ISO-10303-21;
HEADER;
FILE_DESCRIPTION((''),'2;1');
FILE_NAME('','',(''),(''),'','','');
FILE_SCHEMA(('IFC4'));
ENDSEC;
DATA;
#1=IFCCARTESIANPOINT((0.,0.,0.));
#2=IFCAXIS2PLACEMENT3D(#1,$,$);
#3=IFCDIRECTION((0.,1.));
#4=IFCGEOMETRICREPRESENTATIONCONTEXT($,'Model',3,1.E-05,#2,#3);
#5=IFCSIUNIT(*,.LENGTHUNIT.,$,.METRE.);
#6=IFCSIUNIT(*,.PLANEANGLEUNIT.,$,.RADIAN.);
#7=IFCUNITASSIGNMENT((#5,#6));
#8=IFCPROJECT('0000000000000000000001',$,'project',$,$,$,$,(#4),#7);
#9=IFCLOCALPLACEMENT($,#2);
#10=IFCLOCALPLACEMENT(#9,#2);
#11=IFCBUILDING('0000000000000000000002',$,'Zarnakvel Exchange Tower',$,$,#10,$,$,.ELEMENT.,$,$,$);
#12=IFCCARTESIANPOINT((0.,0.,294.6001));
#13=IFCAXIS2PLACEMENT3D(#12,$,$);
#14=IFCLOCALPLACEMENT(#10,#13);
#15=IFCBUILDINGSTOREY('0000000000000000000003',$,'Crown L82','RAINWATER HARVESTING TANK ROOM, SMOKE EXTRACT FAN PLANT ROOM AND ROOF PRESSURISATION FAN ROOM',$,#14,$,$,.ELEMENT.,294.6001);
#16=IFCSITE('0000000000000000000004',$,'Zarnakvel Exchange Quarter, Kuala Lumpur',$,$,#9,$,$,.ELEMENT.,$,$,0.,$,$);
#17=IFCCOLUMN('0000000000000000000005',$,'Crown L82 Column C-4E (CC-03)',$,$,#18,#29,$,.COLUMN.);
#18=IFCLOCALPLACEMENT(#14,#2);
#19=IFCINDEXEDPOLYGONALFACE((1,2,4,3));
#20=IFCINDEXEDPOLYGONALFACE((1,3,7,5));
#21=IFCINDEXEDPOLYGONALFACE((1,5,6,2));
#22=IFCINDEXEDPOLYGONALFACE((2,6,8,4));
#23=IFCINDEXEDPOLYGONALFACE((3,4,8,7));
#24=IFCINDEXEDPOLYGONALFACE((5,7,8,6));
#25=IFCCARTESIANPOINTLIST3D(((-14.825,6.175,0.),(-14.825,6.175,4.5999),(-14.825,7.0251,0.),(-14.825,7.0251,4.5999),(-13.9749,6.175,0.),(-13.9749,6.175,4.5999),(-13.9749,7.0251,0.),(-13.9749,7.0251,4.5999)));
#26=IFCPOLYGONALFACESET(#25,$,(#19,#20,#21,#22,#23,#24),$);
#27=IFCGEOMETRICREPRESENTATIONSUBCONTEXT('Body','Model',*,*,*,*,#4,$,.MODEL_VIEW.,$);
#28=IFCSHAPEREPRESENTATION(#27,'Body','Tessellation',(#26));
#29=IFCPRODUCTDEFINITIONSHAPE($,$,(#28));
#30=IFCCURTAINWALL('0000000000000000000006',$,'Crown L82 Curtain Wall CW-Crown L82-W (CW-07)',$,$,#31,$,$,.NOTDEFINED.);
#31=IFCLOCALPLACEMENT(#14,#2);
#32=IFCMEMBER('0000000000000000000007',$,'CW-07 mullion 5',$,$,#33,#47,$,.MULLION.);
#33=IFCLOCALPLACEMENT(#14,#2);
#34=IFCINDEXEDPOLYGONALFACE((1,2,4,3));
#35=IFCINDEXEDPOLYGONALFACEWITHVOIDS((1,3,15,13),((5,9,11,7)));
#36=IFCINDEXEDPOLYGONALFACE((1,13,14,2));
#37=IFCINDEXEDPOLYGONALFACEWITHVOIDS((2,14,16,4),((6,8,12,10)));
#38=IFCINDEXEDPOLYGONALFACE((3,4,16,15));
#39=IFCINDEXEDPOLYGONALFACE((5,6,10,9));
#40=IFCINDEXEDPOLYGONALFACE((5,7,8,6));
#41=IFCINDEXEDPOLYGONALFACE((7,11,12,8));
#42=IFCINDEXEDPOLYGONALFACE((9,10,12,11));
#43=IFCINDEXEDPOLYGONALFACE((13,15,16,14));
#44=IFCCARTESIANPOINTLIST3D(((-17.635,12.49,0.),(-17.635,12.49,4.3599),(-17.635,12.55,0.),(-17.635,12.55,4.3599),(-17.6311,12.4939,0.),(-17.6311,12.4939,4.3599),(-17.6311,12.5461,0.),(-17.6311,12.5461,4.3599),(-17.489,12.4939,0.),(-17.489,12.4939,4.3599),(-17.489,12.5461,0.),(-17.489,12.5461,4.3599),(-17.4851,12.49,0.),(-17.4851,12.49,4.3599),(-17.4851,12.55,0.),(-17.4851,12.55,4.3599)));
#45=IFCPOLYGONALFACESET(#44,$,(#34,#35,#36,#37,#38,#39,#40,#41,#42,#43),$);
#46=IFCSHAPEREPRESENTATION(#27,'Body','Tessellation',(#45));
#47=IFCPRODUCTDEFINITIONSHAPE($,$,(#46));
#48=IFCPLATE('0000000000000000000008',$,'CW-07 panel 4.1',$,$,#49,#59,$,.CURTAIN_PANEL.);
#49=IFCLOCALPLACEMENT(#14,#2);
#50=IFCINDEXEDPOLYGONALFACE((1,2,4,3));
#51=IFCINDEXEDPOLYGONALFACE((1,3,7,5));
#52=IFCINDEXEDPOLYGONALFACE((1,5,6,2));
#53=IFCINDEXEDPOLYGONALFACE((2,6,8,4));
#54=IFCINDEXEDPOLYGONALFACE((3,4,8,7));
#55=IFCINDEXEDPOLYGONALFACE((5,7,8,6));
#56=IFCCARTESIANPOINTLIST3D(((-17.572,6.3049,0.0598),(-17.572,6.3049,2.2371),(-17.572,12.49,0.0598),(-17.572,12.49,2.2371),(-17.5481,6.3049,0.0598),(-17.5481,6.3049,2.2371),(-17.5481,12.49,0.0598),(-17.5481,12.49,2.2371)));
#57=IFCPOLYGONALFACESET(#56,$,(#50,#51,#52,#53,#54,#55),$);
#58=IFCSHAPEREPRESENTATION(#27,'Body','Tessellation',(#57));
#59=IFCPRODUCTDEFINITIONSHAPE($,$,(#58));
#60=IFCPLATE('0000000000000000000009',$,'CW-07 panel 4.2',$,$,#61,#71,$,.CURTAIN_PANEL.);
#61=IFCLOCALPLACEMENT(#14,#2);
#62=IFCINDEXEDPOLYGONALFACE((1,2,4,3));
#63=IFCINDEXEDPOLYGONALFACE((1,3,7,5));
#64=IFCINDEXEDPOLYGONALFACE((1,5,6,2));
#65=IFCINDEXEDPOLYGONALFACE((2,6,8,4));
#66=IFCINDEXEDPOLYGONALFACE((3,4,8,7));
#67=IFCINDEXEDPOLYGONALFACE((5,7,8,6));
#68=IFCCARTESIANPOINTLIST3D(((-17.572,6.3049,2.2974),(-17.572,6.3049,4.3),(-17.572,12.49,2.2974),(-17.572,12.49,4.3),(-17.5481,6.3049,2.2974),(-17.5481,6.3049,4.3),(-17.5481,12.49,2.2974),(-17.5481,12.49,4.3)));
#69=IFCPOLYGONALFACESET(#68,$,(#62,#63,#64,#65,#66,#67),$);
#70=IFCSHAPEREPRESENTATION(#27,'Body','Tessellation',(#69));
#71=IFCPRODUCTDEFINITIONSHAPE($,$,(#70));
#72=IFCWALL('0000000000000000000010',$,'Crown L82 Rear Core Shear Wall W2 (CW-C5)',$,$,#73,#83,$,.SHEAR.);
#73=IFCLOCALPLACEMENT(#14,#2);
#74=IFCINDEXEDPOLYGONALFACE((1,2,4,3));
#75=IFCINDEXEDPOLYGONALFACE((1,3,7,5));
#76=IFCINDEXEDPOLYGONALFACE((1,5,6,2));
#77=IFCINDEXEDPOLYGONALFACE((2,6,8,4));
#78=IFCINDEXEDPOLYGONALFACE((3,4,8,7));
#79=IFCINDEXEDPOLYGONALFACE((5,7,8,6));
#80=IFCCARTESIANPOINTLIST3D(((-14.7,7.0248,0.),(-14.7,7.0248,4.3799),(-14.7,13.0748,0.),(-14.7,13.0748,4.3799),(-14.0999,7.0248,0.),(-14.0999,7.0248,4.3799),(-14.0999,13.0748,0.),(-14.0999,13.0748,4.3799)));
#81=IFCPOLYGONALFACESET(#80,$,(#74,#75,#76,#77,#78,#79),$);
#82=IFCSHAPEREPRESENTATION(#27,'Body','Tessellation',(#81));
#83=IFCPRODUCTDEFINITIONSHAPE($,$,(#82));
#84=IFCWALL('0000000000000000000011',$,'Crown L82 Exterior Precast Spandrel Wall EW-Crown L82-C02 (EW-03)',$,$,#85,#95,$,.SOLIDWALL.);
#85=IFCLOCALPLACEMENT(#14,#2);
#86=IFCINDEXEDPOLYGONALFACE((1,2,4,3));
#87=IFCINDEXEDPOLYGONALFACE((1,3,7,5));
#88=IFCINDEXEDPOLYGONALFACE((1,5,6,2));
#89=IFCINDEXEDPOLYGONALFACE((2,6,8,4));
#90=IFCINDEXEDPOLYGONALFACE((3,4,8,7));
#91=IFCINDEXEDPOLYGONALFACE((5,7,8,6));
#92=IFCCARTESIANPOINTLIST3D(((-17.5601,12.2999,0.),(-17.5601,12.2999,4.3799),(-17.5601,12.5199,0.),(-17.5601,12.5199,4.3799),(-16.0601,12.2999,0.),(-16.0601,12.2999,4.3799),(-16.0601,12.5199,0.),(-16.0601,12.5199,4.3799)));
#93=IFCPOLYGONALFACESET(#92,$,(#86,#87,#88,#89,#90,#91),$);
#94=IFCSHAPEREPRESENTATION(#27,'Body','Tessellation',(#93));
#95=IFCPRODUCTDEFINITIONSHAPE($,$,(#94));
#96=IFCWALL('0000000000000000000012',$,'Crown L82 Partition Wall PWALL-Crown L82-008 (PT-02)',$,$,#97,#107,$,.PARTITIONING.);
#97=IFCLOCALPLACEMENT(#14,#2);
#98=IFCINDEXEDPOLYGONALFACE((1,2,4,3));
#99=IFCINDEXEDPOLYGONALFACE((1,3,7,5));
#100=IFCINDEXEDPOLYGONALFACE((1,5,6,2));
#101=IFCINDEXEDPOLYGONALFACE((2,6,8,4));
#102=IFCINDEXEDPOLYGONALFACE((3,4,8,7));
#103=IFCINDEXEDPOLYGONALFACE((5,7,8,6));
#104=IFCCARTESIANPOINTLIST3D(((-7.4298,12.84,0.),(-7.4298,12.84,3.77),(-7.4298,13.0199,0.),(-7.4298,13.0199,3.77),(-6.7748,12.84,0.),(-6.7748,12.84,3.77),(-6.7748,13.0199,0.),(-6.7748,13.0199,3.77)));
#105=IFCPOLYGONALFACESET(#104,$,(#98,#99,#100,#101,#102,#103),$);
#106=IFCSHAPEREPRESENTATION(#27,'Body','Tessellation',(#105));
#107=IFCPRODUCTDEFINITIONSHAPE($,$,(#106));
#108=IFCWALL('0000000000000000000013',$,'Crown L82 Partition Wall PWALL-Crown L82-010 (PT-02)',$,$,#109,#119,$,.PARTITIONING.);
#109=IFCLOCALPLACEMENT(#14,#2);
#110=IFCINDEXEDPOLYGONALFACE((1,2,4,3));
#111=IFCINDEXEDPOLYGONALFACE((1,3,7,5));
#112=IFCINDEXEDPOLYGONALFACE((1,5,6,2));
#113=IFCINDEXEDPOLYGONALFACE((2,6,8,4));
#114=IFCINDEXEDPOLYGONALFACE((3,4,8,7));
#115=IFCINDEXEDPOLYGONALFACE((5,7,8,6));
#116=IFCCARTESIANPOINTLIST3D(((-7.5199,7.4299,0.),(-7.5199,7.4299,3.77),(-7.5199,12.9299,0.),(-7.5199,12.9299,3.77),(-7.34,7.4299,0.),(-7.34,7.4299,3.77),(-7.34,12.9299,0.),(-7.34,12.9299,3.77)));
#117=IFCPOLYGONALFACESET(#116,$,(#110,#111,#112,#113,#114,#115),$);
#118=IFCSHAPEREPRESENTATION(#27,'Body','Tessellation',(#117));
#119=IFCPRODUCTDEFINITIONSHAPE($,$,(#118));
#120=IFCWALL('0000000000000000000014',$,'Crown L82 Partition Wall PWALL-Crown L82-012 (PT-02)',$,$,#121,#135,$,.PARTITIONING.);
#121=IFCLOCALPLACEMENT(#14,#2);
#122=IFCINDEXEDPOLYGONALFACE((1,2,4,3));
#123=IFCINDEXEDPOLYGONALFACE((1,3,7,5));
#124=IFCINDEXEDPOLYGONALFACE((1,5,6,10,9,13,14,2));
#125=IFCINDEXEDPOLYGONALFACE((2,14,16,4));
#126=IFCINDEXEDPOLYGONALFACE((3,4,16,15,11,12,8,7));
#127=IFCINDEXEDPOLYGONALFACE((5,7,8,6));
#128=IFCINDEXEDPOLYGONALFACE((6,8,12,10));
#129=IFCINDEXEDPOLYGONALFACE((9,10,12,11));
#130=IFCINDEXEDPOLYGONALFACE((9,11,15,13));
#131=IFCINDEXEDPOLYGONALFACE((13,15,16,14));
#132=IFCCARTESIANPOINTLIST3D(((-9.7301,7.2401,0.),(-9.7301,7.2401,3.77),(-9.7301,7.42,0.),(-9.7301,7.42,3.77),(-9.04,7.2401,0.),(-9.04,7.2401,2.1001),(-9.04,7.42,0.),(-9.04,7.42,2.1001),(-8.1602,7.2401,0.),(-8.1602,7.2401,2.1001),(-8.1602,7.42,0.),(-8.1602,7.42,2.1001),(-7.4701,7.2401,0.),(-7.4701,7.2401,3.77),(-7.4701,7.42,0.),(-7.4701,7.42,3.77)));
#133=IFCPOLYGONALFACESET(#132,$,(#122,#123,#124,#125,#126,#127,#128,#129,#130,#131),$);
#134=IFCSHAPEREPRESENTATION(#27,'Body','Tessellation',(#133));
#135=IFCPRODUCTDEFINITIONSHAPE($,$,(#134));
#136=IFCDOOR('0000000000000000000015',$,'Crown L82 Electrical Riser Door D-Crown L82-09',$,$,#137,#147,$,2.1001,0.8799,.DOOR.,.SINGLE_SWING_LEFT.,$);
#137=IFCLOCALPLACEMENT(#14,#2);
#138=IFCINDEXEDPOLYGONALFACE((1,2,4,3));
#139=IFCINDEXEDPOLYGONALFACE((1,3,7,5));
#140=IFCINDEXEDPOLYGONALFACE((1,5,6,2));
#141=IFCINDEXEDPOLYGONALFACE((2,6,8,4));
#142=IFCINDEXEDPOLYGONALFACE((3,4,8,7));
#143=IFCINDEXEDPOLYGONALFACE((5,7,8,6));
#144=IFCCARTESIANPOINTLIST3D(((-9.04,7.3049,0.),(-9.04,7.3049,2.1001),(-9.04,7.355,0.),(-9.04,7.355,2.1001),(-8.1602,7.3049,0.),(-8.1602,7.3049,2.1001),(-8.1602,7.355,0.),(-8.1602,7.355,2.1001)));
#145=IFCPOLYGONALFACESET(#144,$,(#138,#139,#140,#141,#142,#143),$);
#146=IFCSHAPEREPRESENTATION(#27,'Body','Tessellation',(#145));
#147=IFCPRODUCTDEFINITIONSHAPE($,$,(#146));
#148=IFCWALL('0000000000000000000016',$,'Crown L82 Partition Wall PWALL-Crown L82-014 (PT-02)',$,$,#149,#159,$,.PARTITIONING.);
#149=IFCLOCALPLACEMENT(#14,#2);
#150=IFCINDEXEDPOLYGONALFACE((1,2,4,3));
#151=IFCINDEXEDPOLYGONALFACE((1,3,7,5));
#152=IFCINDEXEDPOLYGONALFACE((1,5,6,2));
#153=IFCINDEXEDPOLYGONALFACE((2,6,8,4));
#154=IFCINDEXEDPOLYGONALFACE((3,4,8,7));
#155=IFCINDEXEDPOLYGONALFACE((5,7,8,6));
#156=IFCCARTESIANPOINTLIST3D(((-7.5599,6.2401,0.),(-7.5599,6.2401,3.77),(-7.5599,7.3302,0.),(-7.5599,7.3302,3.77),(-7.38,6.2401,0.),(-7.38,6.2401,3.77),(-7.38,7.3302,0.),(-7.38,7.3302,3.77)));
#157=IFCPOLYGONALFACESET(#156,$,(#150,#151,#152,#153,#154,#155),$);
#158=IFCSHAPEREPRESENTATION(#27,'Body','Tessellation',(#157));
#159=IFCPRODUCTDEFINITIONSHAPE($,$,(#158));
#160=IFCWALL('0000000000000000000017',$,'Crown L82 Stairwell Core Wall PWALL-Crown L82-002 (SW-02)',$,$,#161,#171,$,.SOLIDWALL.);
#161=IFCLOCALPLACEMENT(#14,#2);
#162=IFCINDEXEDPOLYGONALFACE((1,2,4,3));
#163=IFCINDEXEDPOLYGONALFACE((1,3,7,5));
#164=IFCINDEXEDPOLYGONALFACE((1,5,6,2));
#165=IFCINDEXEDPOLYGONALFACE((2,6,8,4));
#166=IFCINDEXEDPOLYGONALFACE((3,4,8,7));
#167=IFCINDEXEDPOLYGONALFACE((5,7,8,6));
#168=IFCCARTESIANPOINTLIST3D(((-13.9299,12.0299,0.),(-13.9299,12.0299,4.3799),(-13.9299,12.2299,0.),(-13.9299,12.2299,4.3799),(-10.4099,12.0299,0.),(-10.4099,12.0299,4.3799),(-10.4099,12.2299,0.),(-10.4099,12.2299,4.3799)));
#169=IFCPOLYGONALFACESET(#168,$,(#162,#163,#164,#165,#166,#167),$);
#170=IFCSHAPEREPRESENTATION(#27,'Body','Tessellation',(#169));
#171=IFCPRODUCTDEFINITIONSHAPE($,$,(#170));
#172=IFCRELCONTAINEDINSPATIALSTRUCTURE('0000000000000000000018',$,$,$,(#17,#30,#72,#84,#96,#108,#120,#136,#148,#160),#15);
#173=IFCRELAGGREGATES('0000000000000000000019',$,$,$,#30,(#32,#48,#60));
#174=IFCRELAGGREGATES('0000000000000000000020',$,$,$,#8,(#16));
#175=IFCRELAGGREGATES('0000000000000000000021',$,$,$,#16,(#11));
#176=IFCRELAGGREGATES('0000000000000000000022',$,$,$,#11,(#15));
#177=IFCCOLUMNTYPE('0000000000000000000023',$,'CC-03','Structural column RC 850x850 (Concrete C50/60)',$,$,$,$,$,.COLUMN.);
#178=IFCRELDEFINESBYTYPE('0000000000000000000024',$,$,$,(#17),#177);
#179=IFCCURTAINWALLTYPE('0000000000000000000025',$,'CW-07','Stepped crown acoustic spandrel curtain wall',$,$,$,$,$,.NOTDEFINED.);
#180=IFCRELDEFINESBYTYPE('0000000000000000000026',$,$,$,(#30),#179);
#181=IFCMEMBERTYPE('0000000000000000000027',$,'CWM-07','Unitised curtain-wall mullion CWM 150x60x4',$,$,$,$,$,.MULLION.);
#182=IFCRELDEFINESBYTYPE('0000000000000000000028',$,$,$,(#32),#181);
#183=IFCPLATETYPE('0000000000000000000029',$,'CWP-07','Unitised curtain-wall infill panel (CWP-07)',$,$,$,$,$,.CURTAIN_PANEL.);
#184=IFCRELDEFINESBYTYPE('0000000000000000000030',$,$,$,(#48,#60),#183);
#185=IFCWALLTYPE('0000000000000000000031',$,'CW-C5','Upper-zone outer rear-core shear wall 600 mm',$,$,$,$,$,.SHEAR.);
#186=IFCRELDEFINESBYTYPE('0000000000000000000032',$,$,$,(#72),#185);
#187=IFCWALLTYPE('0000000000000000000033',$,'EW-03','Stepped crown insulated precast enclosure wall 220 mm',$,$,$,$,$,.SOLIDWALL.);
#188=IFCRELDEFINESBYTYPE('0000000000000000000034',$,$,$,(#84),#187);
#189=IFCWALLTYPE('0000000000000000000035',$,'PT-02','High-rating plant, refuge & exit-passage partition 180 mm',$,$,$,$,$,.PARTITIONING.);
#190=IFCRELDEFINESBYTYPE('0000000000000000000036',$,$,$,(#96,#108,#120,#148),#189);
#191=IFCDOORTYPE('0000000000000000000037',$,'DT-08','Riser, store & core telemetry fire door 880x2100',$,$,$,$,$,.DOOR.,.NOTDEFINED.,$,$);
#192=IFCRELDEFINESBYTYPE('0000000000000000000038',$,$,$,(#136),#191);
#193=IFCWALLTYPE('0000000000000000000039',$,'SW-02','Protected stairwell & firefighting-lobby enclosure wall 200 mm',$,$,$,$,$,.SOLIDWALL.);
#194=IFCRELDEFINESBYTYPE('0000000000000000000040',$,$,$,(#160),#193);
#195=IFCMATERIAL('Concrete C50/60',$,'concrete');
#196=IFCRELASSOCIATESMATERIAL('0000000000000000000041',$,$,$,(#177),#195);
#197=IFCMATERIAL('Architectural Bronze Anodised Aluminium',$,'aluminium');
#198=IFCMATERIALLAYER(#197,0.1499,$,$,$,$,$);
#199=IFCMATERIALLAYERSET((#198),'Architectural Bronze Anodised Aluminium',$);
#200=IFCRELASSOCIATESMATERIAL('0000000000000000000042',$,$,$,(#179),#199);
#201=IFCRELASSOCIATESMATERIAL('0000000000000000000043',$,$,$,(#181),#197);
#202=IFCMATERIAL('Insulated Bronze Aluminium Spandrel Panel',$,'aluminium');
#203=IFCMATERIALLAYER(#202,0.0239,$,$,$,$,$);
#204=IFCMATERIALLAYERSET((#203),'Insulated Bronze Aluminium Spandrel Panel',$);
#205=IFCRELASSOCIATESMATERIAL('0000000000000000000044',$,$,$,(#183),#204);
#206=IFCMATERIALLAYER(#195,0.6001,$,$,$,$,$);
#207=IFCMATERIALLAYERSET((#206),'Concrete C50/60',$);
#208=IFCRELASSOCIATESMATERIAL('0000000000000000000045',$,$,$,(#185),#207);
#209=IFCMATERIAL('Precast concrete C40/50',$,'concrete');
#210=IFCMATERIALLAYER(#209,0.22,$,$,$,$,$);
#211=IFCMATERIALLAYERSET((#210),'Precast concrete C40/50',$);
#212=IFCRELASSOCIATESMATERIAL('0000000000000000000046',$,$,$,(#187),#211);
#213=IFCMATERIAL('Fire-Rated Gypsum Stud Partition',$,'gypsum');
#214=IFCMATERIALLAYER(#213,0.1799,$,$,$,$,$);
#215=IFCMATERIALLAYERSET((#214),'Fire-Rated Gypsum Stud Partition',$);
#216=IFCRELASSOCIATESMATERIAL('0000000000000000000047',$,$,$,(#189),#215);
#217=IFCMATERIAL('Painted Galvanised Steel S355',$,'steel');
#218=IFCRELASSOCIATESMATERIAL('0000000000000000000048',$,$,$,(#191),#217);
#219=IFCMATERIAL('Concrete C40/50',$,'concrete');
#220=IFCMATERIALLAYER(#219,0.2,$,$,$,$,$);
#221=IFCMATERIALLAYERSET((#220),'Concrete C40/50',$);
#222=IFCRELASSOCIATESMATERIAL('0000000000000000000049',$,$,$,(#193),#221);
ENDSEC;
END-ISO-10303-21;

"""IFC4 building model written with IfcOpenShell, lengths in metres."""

from ifc_helpers import new_model, si_unit, direction, frame, frame_2d, origin, origin_2d, place, context, subcontext, project, spatial, rectangle, hollow_rectangle, extrude, source, transform, mapped, material, layer, layer_set, material_profile, profile_set, type_object, element, fill, aggregate, save


model = new_model("IFC4")

# Units and contexts
model_context = context("Model", 3, precision=1e-05, world=origin(), true_north=direction((0.0, 1.0)))
body_context = subcontext(model_context, "Body", "Model", "MODEL_VIEW")
ifc_project = project(units=[si_unit("LENGTHUNIT", "METRE"), si_unit("PLANEANGLEUNIT", "RADIAN")], contexts=[model_context])

# Site, building, storey
site_placement = place(None, origin())
site = spatial("IfcSite", under=ifc_project, at=site_placement, Name="Zarnakvel Exchange Quarter, Kuala Lumpur", CompositionType="ELEMENT", RefElevation=0.0)
building_placement = place(site_placement, origin())
building = spatial("IfcBuilding", under=site, at=building_placement, Name="Zarnakvel Exchange Tower", CompositionType="ELEMENT")
storey_placement = place(building_placement, frame((0.0, 0.0, 294.6001)))
storey = spatial("IfcBuildingStorey", under=building, at=storey_placement, Name="Crown L82", Description="RAINWATER HARVESTING TANK ROOM, SMOKE EXTRACT FAN PLANT ROOM AND ROOF PRESSURISATION FAN ROOM", CompositionType="ELEMENT", Elevation=294.6001)

# Column
ifc_material_1 = material(Name="Concrete C50/60", Category="concrete")
ifc_material_profile_1 = material_profile(ifc_material_1, rectangle(XDim=0.8501, YDim=0.8501, at=origin_2d()))
ifc_profile_set_1 = profile_set([ifc_material_profile_1], Name="Concrete C50/60")
column_type = type_object("IfcColumnType", Name="CC-03", Description="Structural column RC 850x850 (Concrete C50/60)", PredefinedType="COLUMN", material=ifc_profile_set_1)
column_placement = place(storey_placement, frame((-14.3999, 6.6001, 0.0), z_axis=(0.0, 0.0, 1.0), x_axis=(1.0, 0.0, 0.0)))
element("IfcColumn", 1, at=column_placement, inside=storey, type_object=column_type, Name="Crown L82 Column C-4E (CC-03)", PredefinedType="COLUMN", context=body_context, shape_type="SweptSolid", body=[
    extrude(rectangle(XDim=0.8501, YDim=0.8501, at=origin_2d()), origin(), (0.0, 0.0, 1.0), 4.5999),
])

# Curtain wall, member, plates
ifc_material_2 = material(Name="Architectural Bronze Anodised Aluminium", Category="aluminium")
ifc_layer_1 = layer(ifc_material_2, 0.1499)
ifc_layer_set_1 = layer_set([ifc_layer_1], Name="Architectural Bronze Anodised Aluminium")
curtain_wall_type = type_object("IfcCurtainWallType", Name="CW-07", Description="Stepped crown acoustic spandrel curtain wall", PredefinedType="NOTDEFINED", material=ifc_layer_set_1)
curtain_wall_placement = place(storey_placement, origin())
curtain_wall = element("IfcCurtainWall", 2, at=curtain_wall_placement, inside=storey, type_object=curtain_wall_type, Name="Crown L82 Curtain Wall CW-Crown L82-W (CW-07)", PredefinedType="NOTDEFINED")
ifc_material_profile_2 = material_profile(ifc_material_2, hollow_rectangle(XDim=0.1499, YDim=0.0601, WallThickness=0.0039, at=origin_2d()))
ifc_profile_set_2 = profile_set([ifc_material_profile_2], Name="Architectural Bronze Anodised Aluminium")
member_type = type_object("IfcMemberType", Name="CWM-07", Description="Unitised curtain-wall mullion CWM 150x60x4", PredefinedType="MULLION", material=ifc_profile_set_2)
shared_shape_1 = source(origin(), body_context, "Body", "SweptSolid", [
    extrude(hollow_rectangle(XDim=0.1499, YDim=0.0601, WallThickness=0.0039, at=origin_2d()), origin(), (0.0, 0.0, 1.0), 4.3599),
])
member_placement = place(storey_placement, frame((-17.5601, 12.52, 0.0), z_axis=(0.0, 0.0, 1.0), x_axis=(-1.0, 0.0, 0.0)))
member = element("IfcMember", 3, at=member_placement, type_object=member_type, Name="CW-07 mullion 5", PredefinedType="MULLION", context=body_context, shape_type="MappedRepresentation", body=[
    mapped(shared_shape_1, transform((0.0, 0.0, 0.0), x_axis=(1.0, 0.0, 0.0), y_axis=(0.0, 1.0, 0.0), z_axis=(0.0, 0.0, 1.0), scale=1.0)),
])
ifc_material_3 = material(Name="Insulated Bronze Aluminium Spandrel Panel", Category="aluminium")
ifc_layer_2 = layer(ifc_material_3, 0.0239)
ifc_layer_set_2 = layer_set([ifc_layer_2], Name="Insulated Bronze Aluminium Spandrel Panel")
plate_type = type_object("IfcPlateType", Name="CWP-07", Description="Unitised curtain-wall infill panel (CWP-07)", PredefinedType="CURTAIN_PANEL", material=ifc_layer_set_2)
shared_shape_2 = source(origin(), body_context, "Body", "SweptSolid", [
    extrude(rectangle(XDim=6.1851, YDim=0.0239, at=origin_2d()), origin(), (0.0, 0.0, 1.0), 2.1772),
])
plate_1_placement = place(storey_placement, frame((-17.5601, 9.3975, 0.0598), z_axis=(0.0, 0.0, 1.0), x_axis=(0.0, 1.0, 0.0)))
plate_1 = element("IfcPlate", 4, at=plate_1_placement, type_object=plate_type, Name="CW-07 panel 4.1", PredefinedType="CURTAIN_PANEL", context=body_context, shape_type="MappedRepresentation", body=[
    mapped(shared_shape_2, transform((0.0, 0.0, 0.0), x_axis=(1.0, 0.0, 0.0), y_axis=(0.0, 1.0, 0.0), z_axis=(0.0, 0.0, 1.0), scale=1.0)),
])
shared_shape_3 = source(origin(), body_context, "Body", "SweptSolid", [
    extrude(rectangle(XDim=6.1851, YDim=0.0239, at=origin_2d()), origin(), (0.0, 0.0, 1.0), 2.0027),
])
plate_2_placement = place(storey_placement, frame((-17.5601, 9.3975, 2.2974), z_axis=(0.0, 0.0, 1.0), x_axis=(0.0, 1.0, 0.0)))
plate_2 = element("IfcPlate", 5, at=plate_2_placement, type_object=plate_type, Name="CW-07 panel 4.2", PredefinedType="CURTAIN_PANEL", context=body_context, shape_type="MappedRepresentation", body=[
    mapped(shared_shape_3, transform((0.0, 0.0, 0.0), x_axis=(1.0, 0.0, 0.0), y_axis=(0.0, 1.0, 0.0), z_axis=(0.0, 0.0, 1.0), scale=1.0)),
])
aggregate(curtain_wall, [member, plate_1, plate_2])

# Walls
ifc_layer_3 = layer(ifc_material_1, 0.6001)
ifc_layer_set_3 = layer_set([ifc_layer_3], Name="Concrete C50/60")
wall_type_1 = type_object("IfcWallType", Name="CW-C5", Description="Upper-zone outer rear-core shear wall 600 mm", PredefinedType="SHEAR", material=ifc_layer_set_3)
wall_1_placement = place(storey_placement, frame((-14.3999, 7.0249, 0.0), z_axis=(0.0, 0.0, 1.0), x_axis=(0.0, 1.0, 0.0)))
element("IfcWall", 6, at=wall_1_placement, inside=storey, type_object=wall_type_1, Name="Crown L82 Rear Core Shear Wall W2 (CW-C5)", PredefinedType="SHEAR", context=body_context, shape_type="SweptSolid", body=[
    extrude(rectangle(XDim=6.05, YDim=0.6001, at=frame_2d((3.0249, 0.0))), origin(), (0.0, 0.0, 1.0), 4.3799),
])
ifc_material_4 = material(Name="Precast concrete C40/50", Category="concrete")
ifc_layer_4 = layer(ifc_material_4, 0.22)
ifc_layer_set_4 = layer_set([ifc_layer_4], Name="Precast concrete C40/50")
wall_type_2 = type_object("IfcWallType", Name="EW-03", Description="Stepped crown insulated precast enclosure wall 220 mm", PredefinedType="SOLIDWALL", material=ifc_layer_set_4)
wall_2_placement = place(storey_placement, frame((-16.0601, 12.4099, 0.0), z_axis=(0.0, 0.0, 1.0), x_axis=(-1.0, 0.0, 0.0)))
element("IfcWall", 7, at=wall_2_placement, inside=storey, type_object=wall_type_2, Name="Crown L82 Exterior Precast Spandrel Wall EW-Crown L82-C02 (EW-03)", PredefinedType="SOLIDWALL", context=body_context, shape_type="SweptSolid", body=[
    extrude(rectangle(XDim=1.5, YDim=0.22, at=frame_2d((0.75, 0.0))), origin(), (0.0, 0.0, 1.0), 4.3799),
])
ifc_material_5 = material(Name="Fire-Rated Gypsum Stud Partition", Category="gypsum")
ifc_layer_5 = layer(ifc_material_5, 0.1799)
ifc_layer_set_5 = layer_set([ifc_layer_5], Name="Fire-Rated Gypsum Stud Partition")
wall_type_3 = type_object("IfcWallType", Name="PT-02", Description="High-rating plant, refuge & exit-passage partition 180 mm", PredefinedType="PARTITIONING", material=ifc_layer_set_5)
wall_3_placement = place(storey_placement, frame((-7.4299, 12.9299, 0.0), z_axis=(0.0, 0.0, 1.0), x_axis=(1.0, 0.0, 0.0)))
element("IfcWall", 8, at=wall_3_placement, inside=storey, type_object=wall_type_3, Name="Crown L82 Partition Wall PWALL-Crown L82-008 (PT-02)", PredefinedType="PARTITIONING", context=body_context, shape_type="SweptSolid", body=[
    extrude(rectangle(XDim=0.655, YDim=0.1799, at=frame_2d((0.3276, 0.0))), origin(), (0.0, 0.0, 1.0), 3.77),
])
wall_4_placement = place(storey_placement, frame((-7.4299, 7.4299, 0.0), z_axis=(0.0, 0.0, 1.0), x_axis=(0.0, 1.0, 0.0)))
element("IfcWall", 9, at=wall_4_placement, inside=storey, type_object=wall_type_3, Name="Crown L82 Partition Wall PWALL-Crown L82-010 (PT-02)", PredefinedType="PARTITIONING", context=body_context, shape_type="SweptSolid", body=[
    extrude(rectangle(XDim=5.5, YDim=0.1799, at=frame_2d((2.75, 0.0))), origin(), (0.0, 0.0, 1.0), 3.77),
])

# Wall, opening, door
wall_5_placement = place(storey_placement, frame((-9.73, 7.3301, 0.0), z_axis=(0.0, 0.0, 1.0), x_axis=(1.0, 0.0, 0.0)))
wall_5 = element("IfcWall", 10, at=wall_5_placement, inside=storey, type_object=wall_type_3, Name="Crown L82 Partition Wall PWALL-Crown L82-012 (PT-02)", PredefinedType="PARTITIONING", context=body_context, shape_type="SweptSolid", body=[
    extrude(rectangle(XDim=2.26, YDim=0.1799, at=frame_2d((1.1299, 0.0))), origin(), (0.0, 0.0, 1.0), 3.77),
])
opening_placement = place(wall_5_placement, frame((0.6899, 0.0, 0.0)))
opening = element("IfcOpeningElement", 11, at=opening_placement, cuts=wall_5, PredefinedType="OPENING", context=body_context, shape_type="SweptSolid", body=[
    extrude(rectangle(XDim=0.8799, YDim=2.1001, at=frame_2d((0.4399, 1.05))), frame((0.0, 0.0999, 0.0), z_axis=(0.0, -1.0, 0.0), x_axis=(1.0, 0.0, 0.0)), (0.0, 0.0, 1.0), 0.2),
])
ifc_material_6 = material(Name="Painted Galvanised Steel S355", Category="steel")
door_type = type_object("IfcDoorType", Name="DT-08", Description="Riser, store & core telemetry fire door 880x2100", OperationType="NOTDEFINED", PredefinedType="DOOR", material=ifc_material_6)
shared_shape_4 = source(origin(), body_context, "Body", "SweptSolid", [
    extrude(rectangle(XDim=0.8799, YDim=2.1001, at=frame_2d((0.4399, 1.05))), frame((0.0, 0.0249, 0.0), z_axis=(0.0, -1.0, 0.0), x_axis=(1.0, 0.0, 0.0)), (0.0, 0.0, 1.0), 0.05),
])
door_placement = place(opening_placement, origin())
door = element("IfcDoor", 12, at=door_placement, inside=storey, type_object=door_type, Name="Crown L82 Electrical Riser Door D-Crown L82-09", OperationType="SINGLE_SWING_LEFT", OverallHeight=2.1001, OverallWidth=0.8799, PredefinedType="DOOR", context=body_context, shape_type="MappedRepresentation", body=[
    mapped(shared_shape_4, transform((0.0, 0.0, 0.0), x_axis=(1.0, 0.0, 0.0), y_axis=(0.0, 1.0, 0.0), z_axis=(0.0, 0.0, 1.0), scale=1.0)),
])
fill(opening, door)

# Walls
wall_6_placement = place(storey_placement, frame((-7.47, 7.3301, 0.0), z_axis=(0.0, 0.0, 1.0), x_axis=(0.0, -1.0, 0.0)))
element("IfcWall", 13, at=wall_6_placement, inside=storey, type_object=wall_type_3, Name="Crown L82 Partition Wall PWALL-Crown L82-014 (PT-02)", PredefinedType="PARTITIONING", context=body_context, shape_type="SweptSolid", body=[
    extrude(rectangle(XDim=1.0901, YDim=0.1799, at=frame_2d((0.5449, 0.0))), origin(), (0.0, 0.0, 1.0), 3.77),
])
ifc_material_7 = material(Name="Concrete C40/50", Category="concrete")
ifc_layer_6 = layer(ifc_material_7, 0.2)
ifc_layer_set_6 = layer_set([ifc_layer_6], Name="Concrete C40/50")
wall_type_4 = type_object("IfcWallType", Name="SW-02", Description="Protected stairwell & firefighting-lobby enclosure wall 200 mm", PredefinedType="SOLIDWALL", material=ifc_layer_set_6)
wall_7_placement = place(storey_placement, frame((-13.9299, 12.1299, 0.0), z_axis=(0.0, 0.0, 1.0), x_axis=(1.0, 0.0, 0.0)))
element("IfcWall", 14, at=wall_7_placement, inside=storey, type_object=wall_type_4, Name="Crown L82 Stairwell Core Wall PWALL-Crown L82-002 (SW-02)", PredefinedType="SOLIDWALL", context=body_context, shape_type="SweptSolid", body=[
    extrude(rectangle(XDim=3.52, YDim=0.2, at=frame_2d((1.76, 0.0))), origin(), (0.0, 0.0, 1.0), 4.3799),
])

save(model, "model.ifc")
